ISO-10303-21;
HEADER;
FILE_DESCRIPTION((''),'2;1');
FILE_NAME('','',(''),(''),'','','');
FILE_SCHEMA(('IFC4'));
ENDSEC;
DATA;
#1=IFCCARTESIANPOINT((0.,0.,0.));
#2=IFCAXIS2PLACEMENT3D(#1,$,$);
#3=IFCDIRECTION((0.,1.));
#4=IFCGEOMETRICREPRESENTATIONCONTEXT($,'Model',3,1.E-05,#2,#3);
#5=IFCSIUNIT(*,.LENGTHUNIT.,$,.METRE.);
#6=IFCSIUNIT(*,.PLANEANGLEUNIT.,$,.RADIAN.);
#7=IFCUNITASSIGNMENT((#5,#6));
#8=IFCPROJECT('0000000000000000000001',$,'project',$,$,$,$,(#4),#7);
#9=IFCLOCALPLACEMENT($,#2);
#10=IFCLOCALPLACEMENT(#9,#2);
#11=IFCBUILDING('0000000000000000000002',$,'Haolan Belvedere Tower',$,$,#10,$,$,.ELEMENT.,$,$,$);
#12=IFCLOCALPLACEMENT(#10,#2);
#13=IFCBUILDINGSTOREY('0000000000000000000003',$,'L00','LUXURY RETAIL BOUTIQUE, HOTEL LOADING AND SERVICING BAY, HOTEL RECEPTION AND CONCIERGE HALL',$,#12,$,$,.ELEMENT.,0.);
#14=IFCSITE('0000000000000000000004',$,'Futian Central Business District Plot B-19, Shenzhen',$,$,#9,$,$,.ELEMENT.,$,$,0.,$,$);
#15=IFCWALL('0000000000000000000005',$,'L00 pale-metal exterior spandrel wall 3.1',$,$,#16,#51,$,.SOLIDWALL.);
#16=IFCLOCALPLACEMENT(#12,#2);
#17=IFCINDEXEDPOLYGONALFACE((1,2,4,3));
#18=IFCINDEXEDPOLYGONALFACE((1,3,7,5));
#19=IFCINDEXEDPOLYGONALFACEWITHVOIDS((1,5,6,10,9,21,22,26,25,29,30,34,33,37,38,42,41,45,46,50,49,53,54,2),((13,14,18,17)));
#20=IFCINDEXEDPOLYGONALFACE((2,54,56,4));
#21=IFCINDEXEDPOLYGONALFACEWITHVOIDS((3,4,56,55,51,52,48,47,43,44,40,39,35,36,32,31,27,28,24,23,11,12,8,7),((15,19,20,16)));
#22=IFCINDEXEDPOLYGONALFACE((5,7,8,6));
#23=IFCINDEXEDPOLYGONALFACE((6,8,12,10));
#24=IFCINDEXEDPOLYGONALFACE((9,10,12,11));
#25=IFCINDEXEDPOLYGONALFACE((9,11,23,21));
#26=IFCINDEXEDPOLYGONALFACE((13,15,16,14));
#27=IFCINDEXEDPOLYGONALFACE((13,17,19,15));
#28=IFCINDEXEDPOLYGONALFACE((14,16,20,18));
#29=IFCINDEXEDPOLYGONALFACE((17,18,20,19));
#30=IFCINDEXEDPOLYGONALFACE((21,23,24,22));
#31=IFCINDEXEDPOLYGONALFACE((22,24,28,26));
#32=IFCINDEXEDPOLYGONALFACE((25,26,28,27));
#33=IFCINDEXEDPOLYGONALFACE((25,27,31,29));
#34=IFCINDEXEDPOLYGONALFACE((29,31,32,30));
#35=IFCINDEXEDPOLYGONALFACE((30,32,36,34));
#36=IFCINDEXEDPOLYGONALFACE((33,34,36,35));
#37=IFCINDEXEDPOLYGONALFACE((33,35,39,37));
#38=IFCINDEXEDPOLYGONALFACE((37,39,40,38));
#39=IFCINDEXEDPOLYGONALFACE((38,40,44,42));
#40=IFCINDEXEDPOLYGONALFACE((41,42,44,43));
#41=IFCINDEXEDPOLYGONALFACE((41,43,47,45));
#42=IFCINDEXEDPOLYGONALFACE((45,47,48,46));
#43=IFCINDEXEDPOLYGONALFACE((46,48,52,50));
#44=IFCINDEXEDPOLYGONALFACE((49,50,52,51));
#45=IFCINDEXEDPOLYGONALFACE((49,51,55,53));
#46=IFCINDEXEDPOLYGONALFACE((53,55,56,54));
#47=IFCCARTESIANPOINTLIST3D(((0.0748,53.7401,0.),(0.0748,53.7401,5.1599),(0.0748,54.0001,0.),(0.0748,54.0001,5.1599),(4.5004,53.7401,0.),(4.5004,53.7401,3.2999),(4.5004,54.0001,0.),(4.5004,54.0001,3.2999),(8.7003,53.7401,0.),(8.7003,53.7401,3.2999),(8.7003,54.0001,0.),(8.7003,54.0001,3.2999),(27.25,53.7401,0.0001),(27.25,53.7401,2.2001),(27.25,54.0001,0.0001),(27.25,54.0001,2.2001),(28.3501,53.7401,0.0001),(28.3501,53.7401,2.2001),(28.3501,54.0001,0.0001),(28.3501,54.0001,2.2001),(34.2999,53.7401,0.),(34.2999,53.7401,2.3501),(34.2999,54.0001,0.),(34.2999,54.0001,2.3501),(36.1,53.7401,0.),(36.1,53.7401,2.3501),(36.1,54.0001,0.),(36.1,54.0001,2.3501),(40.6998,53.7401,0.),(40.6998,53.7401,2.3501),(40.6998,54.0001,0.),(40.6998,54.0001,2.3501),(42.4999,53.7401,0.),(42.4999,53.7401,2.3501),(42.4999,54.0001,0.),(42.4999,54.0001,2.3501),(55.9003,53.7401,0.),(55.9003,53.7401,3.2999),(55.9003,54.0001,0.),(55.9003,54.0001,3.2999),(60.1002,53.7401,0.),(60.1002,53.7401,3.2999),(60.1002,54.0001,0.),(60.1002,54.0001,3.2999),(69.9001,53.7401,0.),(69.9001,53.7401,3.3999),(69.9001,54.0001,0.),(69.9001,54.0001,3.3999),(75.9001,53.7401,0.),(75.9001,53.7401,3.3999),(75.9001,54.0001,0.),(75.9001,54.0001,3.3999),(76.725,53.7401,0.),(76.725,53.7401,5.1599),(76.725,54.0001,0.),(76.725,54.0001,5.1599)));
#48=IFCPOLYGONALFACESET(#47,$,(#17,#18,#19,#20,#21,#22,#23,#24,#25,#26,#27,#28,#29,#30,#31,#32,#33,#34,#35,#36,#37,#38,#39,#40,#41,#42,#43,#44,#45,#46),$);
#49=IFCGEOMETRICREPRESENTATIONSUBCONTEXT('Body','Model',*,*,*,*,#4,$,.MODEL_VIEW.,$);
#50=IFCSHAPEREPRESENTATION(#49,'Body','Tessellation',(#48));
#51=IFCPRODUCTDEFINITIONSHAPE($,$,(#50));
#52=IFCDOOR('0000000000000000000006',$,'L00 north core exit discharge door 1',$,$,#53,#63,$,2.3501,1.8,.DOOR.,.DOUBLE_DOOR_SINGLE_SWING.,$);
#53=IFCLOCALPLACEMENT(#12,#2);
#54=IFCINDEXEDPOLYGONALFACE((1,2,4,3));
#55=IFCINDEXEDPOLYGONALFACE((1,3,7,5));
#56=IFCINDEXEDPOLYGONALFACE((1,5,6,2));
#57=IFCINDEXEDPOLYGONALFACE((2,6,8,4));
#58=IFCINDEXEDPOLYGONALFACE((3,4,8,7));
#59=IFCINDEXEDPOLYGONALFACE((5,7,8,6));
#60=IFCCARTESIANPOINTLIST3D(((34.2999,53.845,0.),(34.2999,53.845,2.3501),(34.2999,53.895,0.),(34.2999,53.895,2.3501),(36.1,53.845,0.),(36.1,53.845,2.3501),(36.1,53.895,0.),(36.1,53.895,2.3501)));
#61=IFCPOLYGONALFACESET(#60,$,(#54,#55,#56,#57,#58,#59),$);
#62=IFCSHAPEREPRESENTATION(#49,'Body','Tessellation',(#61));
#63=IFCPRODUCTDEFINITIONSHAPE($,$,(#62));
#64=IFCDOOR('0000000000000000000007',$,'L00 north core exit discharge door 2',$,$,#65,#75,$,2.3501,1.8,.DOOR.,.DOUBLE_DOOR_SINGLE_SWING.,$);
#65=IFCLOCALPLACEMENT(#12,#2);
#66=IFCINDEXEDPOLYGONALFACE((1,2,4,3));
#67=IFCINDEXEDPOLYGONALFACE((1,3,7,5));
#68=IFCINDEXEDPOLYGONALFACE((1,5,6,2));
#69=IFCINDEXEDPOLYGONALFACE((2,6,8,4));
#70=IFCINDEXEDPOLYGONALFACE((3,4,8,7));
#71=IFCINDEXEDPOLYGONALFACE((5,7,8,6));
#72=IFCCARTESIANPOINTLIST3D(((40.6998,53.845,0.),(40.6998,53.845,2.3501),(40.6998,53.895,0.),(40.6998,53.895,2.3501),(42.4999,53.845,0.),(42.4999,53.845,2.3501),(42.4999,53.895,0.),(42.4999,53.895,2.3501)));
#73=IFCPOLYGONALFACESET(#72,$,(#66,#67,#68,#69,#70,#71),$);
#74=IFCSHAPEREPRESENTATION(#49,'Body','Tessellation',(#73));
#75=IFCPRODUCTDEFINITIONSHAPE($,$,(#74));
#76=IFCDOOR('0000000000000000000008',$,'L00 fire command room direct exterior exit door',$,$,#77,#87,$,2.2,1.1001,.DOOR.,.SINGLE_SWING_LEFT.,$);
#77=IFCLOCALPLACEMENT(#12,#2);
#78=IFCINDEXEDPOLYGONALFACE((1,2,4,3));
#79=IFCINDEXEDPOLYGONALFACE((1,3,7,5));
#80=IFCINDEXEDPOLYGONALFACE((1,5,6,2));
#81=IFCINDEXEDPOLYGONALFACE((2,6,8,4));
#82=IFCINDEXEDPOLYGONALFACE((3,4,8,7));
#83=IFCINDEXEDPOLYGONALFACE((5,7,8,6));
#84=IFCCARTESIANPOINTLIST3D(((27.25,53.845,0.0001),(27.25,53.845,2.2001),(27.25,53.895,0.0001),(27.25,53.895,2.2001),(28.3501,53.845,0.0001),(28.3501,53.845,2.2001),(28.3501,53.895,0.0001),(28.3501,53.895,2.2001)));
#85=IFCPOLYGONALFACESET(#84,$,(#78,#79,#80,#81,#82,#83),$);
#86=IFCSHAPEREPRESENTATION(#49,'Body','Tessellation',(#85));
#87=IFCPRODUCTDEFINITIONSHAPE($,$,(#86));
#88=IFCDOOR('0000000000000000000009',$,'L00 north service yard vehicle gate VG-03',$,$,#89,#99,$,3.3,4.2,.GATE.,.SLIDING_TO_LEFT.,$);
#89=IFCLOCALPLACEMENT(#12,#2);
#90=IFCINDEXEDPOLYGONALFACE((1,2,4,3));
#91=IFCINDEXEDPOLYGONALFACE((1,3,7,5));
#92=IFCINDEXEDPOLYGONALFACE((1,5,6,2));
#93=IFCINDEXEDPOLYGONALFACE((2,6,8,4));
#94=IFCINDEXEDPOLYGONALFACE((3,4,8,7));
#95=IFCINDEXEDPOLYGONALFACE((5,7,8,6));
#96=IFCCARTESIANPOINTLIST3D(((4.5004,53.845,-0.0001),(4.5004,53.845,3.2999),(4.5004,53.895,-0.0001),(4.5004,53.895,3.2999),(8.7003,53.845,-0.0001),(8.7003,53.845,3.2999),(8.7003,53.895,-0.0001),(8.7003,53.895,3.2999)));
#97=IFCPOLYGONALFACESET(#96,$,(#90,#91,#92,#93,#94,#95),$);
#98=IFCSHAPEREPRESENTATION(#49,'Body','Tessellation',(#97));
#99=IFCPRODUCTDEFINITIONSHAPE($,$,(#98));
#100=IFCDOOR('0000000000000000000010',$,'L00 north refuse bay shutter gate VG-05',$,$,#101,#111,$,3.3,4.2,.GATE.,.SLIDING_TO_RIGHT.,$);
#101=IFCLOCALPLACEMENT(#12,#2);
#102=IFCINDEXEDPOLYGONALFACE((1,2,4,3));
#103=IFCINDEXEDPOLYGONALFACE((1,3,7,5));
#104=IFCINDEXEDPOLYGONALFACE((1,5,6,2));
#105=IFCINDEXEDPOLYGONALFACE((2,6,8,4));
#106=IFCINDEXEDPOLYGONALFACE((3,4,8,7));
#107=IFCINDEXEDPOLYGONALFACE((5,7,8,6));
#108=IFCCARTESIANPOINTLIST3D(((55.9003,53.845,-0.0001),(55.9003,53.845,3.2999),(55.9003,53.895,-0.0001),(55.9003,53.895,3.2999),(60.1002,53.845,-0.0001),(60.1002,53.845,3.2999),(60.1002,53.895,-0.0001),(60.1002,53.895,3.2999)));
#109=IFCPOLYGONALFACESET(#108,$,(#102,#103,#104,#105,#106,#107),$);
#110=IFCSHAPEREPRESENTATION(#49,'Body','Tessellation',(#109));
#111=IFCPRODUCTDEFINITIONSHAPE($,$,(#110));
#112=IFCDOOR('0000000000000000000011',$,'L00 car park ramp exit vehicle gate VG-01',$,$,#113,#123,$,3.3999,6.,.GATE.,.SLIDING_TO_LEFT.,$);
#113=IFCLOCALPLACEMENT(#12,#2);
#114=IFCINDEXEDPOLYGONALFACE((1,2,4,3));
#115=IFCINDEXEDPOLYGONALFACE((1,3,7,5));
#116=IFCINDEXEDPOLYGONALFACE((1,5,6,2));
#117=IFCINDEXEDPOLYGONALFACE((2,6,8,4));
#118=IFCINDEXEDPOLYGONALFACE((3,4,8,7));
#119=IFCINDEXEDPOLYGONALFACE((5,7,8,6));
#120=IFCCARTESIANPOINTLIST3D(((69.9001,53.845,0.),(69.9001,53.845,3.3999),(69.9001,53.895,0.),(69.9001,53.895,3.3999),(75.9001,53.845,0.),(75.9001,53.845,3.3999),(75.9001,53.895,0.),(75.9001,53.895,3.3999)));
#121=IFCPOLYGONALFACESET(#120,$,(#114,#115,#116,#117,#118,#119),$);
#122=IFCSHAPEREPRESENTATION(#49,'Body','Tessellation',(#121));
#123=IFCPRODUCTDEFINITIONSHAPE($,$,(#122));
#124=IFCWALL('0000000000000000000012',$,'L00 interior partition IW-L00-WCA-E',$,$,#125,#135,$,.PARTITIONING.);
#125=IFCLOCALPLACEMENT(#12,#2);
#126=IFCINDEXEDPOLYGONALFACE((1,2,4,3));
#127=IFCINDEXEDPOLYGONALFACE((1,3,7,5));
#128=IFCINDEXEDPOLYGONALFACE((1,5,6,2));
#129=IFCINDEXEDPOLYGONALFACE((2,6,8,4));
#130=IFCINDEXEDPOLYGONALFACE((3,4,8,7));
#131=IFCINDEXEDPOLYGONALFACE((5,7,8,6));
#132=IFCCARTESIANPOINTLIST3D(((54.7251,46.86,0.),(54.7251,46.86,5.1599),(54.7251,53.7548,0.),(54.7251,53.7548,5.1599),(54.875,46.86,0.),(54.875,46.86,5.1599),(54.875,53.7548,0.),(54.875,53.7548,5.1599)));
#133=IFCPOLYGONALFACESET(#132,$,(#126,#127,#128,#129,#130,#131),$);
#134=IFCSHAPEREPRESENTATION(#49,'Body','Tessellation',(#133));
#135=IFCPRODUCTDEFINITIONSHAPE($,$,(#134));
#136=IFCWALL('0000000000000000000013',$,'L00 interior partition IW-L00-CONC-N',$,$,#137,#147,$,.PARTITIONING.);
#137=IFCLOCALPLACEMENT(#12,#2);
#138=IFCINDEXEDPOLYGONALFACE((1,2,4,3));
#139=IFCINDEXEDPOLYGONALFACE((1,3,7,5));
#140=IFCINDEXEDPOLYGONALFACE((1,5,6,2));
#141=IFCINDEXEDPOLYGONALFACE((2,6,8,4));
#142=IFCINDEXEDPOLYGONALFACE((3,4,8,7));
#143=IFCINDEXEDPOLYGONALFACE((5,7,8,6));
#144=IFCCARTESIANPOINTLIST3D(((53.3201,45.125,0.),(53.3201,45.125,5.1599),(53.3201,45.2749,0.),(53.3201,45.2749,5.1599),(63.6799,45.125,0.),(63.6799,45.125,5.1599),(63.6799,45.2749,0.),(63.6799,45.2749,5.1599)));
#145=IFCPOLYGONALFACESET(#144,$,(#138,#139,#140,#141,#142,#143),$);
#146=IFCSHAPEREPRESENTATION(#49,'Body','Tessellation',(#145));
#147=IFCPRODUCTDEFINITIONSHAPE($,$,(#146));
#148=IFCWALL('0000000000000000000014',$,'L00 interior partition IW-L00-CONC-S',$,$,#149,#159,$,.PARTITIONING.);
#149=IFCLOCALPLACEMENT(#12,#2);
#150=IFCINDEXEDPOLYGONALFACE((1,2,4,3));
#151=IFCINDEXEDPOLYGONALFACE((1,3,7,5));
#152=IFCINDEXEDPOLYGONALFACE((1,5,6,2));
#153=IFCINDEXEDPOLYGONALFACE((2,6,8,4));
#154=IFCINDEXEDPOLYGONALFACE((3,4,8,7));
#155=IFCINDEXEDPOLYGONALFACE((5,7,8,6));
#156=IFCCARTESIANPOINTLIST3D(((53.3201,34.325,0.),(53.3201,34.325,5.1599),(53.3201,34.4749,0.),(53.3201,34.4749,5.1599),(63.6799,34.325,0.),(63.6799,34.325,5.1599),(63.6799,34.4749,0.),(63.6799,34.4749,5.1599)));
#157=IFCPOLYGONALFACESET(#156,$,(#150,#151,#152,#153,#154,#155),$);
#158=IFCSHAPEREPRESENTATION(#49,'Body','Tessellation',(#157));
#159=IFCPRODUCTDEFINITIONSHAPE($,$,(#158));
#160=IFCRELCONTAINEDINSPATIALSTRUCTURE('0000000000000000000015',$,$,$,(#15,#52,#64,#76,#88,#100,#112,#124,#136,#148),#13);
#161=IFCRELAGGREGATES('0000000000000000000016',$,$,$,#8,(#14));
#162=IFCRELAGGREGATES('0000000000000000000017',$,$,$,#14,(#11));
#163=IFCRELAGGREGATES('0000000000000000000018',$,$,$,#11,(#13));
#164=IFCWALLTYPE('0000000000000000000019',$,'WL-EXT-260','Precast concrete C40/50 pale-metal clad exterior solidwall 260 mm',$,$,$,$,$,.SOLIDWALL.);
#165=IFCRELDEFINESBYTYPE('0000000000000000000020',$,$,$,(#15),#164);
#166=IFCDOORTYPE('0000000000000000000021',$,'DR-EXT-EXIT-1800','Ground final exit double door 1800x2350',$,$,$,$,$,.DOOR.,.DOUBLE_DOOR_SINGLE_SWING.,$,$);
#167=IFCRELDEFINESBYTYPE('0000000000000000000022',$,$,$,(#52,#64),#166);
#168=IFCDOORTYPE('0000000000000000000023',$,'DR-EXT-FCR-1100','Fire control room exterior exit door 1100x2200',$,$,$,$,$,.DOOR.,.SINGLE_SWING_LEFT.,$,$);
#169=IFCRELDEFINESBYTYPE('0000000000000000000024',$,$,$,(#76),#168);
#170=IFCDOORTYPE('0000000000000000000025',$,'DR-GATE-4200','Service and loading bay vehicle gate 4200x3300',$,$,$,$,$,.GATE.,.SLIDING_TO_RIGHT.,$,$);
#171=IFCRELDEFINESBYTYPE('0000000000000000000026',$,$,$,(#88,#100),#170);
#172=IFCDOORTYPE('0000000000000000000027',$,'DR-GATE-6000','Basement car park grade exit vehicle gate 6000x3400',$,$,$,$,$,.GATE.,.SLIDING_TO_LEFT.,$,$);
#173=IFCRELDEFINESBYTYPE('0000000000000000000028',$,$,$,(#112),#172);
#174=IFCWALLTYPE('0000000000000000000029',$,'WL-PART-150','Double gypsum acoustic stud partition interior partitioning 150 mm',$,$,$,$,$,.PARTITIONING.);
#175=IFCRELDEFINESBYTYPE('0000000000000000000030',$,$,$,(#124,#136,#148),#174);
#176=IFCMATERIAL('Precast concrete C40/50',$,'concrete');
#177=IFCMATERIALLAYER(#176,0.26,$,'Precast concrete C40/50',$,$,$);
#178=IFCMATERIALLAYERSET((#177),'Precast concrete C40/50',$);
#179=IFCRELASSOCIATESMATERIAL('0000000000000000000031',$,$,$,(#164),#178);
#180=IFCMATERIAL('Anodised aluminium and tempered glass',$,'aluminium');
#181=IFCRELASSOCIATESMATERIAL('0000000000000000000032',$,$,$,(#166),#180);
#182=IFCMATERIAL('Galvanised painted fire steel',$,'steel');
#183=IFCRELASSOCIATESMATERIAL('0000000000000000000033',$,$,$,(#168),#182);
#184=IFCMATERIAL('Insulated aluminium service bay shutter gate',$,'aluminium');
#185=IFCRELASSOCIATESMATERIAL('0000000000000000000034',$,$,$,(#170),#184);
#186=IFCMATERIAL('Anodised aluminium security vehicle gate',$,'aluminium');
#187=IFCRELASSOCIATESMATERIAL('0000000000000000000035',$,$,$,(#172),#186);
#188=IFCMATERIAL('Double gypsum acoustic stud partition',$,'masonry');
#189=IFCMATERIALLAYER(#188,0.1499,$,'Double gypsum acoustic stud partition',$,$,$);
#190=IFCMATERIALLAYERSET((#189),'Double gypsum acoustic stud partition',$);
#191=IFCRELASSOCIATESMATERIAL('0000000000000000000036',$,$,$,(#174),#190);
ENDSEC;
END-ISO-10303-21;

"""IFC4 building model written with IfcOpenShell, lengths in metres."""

from ifc_helpers import new_model, si_unit, direction, frame, frame_2d, origin, place, context, subcontext, project, spatial, rectangle, extrude, material, layer, layer_set, type_object, element, fill, save


model = new_model("IFC4")

# Units and contexts
model_context = context("Model", 3, precision=1e-05, world=origin(), true_north=direction((0.0, 1.0)))
body_context = subcontext(model_context, "Body", "Model", "MODEL_VIEW")
ifc_project = project(units=[si_unit("LENGTHUNIT", "METRE"), si_unit("PLANEANGLEUNIT", "RADIAN")], contexts=[model_context])

# Site, building, storey
site_placement = place(None, origin())
site = spatial("IfcSite", under=ifc_project, at=site_placement, Name="Futian Central Business District Plot B-19, Shenzhen", CompositionType="ELEMENT", RefElevation=0.0)
building_placement = place(site_placement, origin())
building = spatial("IfcBuilding", under=site, at=building_placement, Name="Haolan Belvedere Tower", CompositionType="ELEMENT")
storey_placement = place(building_placement, origin())
storey = spatial("IfcBuildingStorey", under=building, at=storey_placement, Name="L00", Description="LUXURY RETAIL BOUTIQUE, HOTEL LOADING AND SERVICING BAY, HOTEL RECEPTION AND CONCIERGE HALL", CompositionType="ELEMENT", Elevation=0.0)

# Wall, openings, doors
ifc_material_1 = material(Name="Precast concrete C40/50", Category="concrete")
ifc_layer_1 = layer(ifc_material_1, 0.26, Name="Precast concrete C40/50")
ifc_layer_set_1 = layer_set([ifc_layer_1], Name="Precast concrete C40/50")
wall_type_1 = type_object("IfcWallType", Name="WL-EXT-260", Description="Precast concrete C40/50 pale-metal clad exterior solidwall 260 mm", PredefinedType="SOLIDWALL", material=ifc_layer_set_1)
wall_1_placement = place(storey_placement, frame((76.7251, 53.8701, 0.0), z_axis=(0.0, 0.0, 1.0), x_axis=(-1.0, 0.0, 0.0)))
wall_1 = element("IfcWall", 1, at=wall_1_placement, inside=storey, type_object=wall_type_1, Name="L00 pale-metal exterior spandrel wall 3.1", PredefinedType="SOLIDWALL", context=body_context, shape_type="SweptSolid", body=[
    extrude(rectangle(XDim=76.6501, YDim=0.26, at=frame_2d((38.3252, 0.0))), origin(), (0.0, 0.0, 1.0), 5.1599),
])
opening_1_placement = place(wall_1_placement, frame((42.425, 0.0, 0.0), z_axis=(0.0, 0.0, 1.0), x_axis=(-1.0, 0.0, 0.0)))
opening_1 = element("IfcOpeningElement", 2, at=opening_1_placement, cuts=wall_1, PredefinedType="OPENING", context=body_context, shape_type="SweptSolid", body=[
    extrude(rectangle(XDim=1.8, YDim=2.3501, at=frame_2d((0.8999, 1.175))), frame((0.0, 0.1399, 0.0), z_axis=(0.0, -1.0, 0.0), x_axis=(1.0, 0.0, 0.0)), (0.0, 0.0, 1.0), 0.28),
])
opening_2_placement = place(wall_1_placement, frame((36.0251, 0.0, 0.0), z_axis=(0.0, 0.0, 1.0), x_axis=(-1.0, 0.0, 0.0)))
opening_2 = element("IfcOpeningElement", 3, at=opening_2_placement, cuts=wall_1, PredefinedType="OPENING", context=body_context, shape_type="SweptSolid", body=[
    extrude(rectangle(XDim=1.8, YDim=2.3501, at=frame_2d((0.8999, 1.175))), frame((0.0, 0.1399, 0.0), z_axis=(0.0, -1.0, 0.0), x_axis=(1.0, 0.0, 0.0)), (0.0, 0.0, 1.0), 0.28),
])
opening_3_placement = place(wall_1_placement, frame((49.4751, 0.0, 0.0), z_axis=(0.0, 0.0, 1.0), x_axis=(-1.0, 0.0, 0.0)))
opening_3 = element("IfcOpeningElement", 4, at=opening_3_placement, cuts=wall_1, PredefinedType="OPENING", context=body_context, shape_type="SweptSolid", body=[
    extrude(rectangle(XDim=1.1001, YDim=2.2, at=frame_2d((0.55, 1.1001))), frame((0.0, 0.1399, 0.0), z_axis=(0.0, -1.0, 0.0), x_axis=(1.0, 0.0, 0.0)), (0.0, 0.0, 1.0), 0.28),
])
opening_4_placement = place(wall_1_placement, frame((6.825, 0.0, 0.0), z_axis=(0.0, 0.0, 1.0), x_axis=(-1.0, 0.0, 0.0)))
opening_4 = element("IfcOpeningElement", 5, at=opening_4_placement, cuts=wall_1, PredefinedType="OPENING", context=body_context, shape_type="SweptSolid", body=[
    extrude(rectangle(XDim=6.0, YDim=3.3999, at=frame_2d((3.0, 1.7))), frame((0.0, 0.1399, 0.0), z_axis=(0.0, -1.0, 0.0), x_axis=(1.0, 0.0, 0.0)), (0.0, 0.0, 1.0), 0.28),
])
opening_5_placement = place(wall_1_placement, frame((72.2249, 0.0, 0.0), z_axis=(0.0, 0.0, 1.0), x_axis=(-1.0, 0.0, 0.0)))
opening_5 = element("IfcOpeningElement", 6, at=opening_5_placement, cuts=wall_1, PredefinedType="OPENING", context=body_context, shape_type="SweptSolid", body=[
    extrude(rectangle(XDim=4.2, YDim=3.3, at=frame_2d((2.1001, 1.6499))), frame((0.0, 0.1399, 0.0), z_axis=(0.0, -1.0, 0.0), x_axis=(1.0, 0.0, 0.0)), (0.0, 0.0, 1.0), 0.28),
])
opening_6_placement = place(wall_1_placement, frame((20.825, 0.0, 0.0), z_axis=(0.0, 0.0, 1.0), x_axis=(-1.0, 0.0, 0.0)))
opening_6 = element("IfcOpeningElement", 7, at=opening_6_placement, cuts=wall_1, PredefinedType="OPENING", context=body_context, shape_type="SweptSolid", body=[
    extrude(rectangle(XDim=4.2, YDim=3.3, at=frame_2d((2.1001, 1.6499))), frame((0.0, 0.1399, 0.0), z_axis=(0.0, -1.0, 0.0), x_axis=(1.0, 0.0, 0.0)), (0.0, 0.0, 1.0), 0.28),
])
ifc_material_2 = material(Name="Anodised aluminium and tempered glass", Category="aluminium")
door_type_1 = type_object("IfcDoorType", Name="DR-EXT-EXIT-1800", Description="Ground final exit double door 1800x2350", OperationType="DOUBLE_DOOR_SINGLE_SWING", PredefinedType="DOOR", material=ifc_material_2)
door_1_placement = place(opening_1_placement, origin())
door_1 = element("IfcDoor", 8, at=door_1_placement, inside=storey, type_object=door_type_1, Name="L00 north core exit discharge door 1", OperationType="DOUBLE_DOOR_SINGLE_SWING", OverallHeight=2.3501, OverallWidth=1.8, PredefinedType="DOOR", context=body_context, shape_type="SweptSolid", body=[
    extrude(rectangle(XDim=1.8, YDim=2.3501, at=frame_2d((0.8999, 1.175))), frame((0.0, 0.0249, 0.0), z_axis=(0.0, -1.0, 0.0), x_axis=(1.0, 0.0, 0.0)), (0.0, 0.0, 1.0), 0.05),
])
fill(opening_1, door_1)
door_2_placement = place(opening_2_placement, origin())
door_2 = element("IfcDoor", 9, at=door_2_placement, inside=storey, type_object=door_type_1, Name="L00 north core exit discharge door 2", OperationType="DOUBLE_DOOR_SINGLE_SWING", OverallHeight=2.3501, OverallWidth=1.8, PredefinedType="DOOR", context=body_context, shape_type="SweptSolid", body=[
    extrude(rectangle(XDim=1.8, YDim=2.3501, at=frame_2d((0.8999, 1.175))), frame((0.0, 0.0249, 0.0), z_axis=(0.0, -1.0, 0.0), x_axis=(1.0, 0.0, 0.0)), (0.0, 0.0, 1.0), 0.05),
])
fill(opening_2, door_2)
ifc_material_3 = material(Name="Galvanised painted fire steel", Category="steel")
door_type_2 = type_object("IfcDoorType", Name="DR-EXT-FCR-1100", Description="Fire control room exterior exit door 1100x2200", OperationType="SINGLE_SWING_LEFT", PredefinedType="DOOR", material=ifc_material_3)
door_3_placement = place(opening_3_placement, origin())
door_3 = element("IfcDoor", 10, at=door_3_placement, inside=storey, type_object=door_type_2, Name="L00 fire command room direct exterior exit door", OperationType="SINGLE_SWING_LEFT", OverallHeight=2.2, OverallWidth=1.1001, PredefinedType="DOOR", context=body_context, shape_type="SweptSolid", body=[
    extrude(rectangle(XDim=1.1001, YDim=2.2, at=frame_2d((0.55, 1.1001))), frame((0.0, 0.0249, 0.0), z_axis=(0.0, -1.0, 0.0), x_axis=(1.0, 0.0, 0.0)), (0.0, 0.0, 1.0), 0.05),
])
fill(opening_3, door_3)
ifc_material_4 = material(Name="Insulated aluminium service bay shutter gate", Category="aluminium")
door_type_3 = type_object("IfcDoorType", Name="DR-GATE-4200", Description="Service and loading bay vehicle gate 4200x3300", OperationType="SLIDING_TO_RIGHT", PredefinedType="GATE", material=ifc_material_4)
door_4_placement = place(opening_5_placement, origin())
door_4 = element("IfcDoor", 11, at=door_4_placement, inside=storey, type_object=door_type_3, Name="L00 north service yard vehicle gate VG-03", OperationType="SLIDING_TO_LEFT", OverallHeight=3.3, OverallWidth=4.2, PredefinedType="GATE", context=body_context, shape_type="SweptSolid", body=[
    extrude(rectangle(XDim=4.2, YDim=3.3, at=frame_2d((2.1001, 1.6499))), frame((0.0, 0.0249, 0.0), z_axis=(0.0, -1.0, 0.0), x_axis=(1.0, 0.0, 0.0)), (0.0, 0.0, 1.0), 0.05),
])
fill(opening_5, door_4)
door_5_placement = place(opening_6_placement, origin())
door_5 = element("IfcDoor", 12, at=door_5_placement, inside=storey, type_object=door_type_3, Name="L00 north refuse bay shutter gate VG-05", OperationType="SLIDING_TO_RIGHT", OverallHeight=3.3, OverallWidth=4.2, PredefinedType="GATE", context=body_context, shape_type="SweptSolid", body=[
    extrude(rectangle(XDim=4.2, YDim=3.3, at=frame_2d((2.1001, 1.6499))), frame((0.0, 0.0249, 0.0), z_axis=(0.0, -1.0, 0.0), x_axis=(1.0, 0.0, 0.0)), (0.0, 0.0, 1.0), 0.05),
])
fill(opening_6, door_5)
ifc_material_5 = material(Name="Anodised aluminium security vehicle gate", Category="aluminium")
door_type_4 = type_object("IfcDoorType", Name="DR-GATE-6000", Description="Basement car park grade exit vehicle gate 6000x3400", OperationType="SLIDING_TO_LEFT", PredefinedType="GATE", material=ifc_material_5)
door_6_placement = place(opening_4_placement, origin())
door_6 = element("IfcDoor", 13, at=door_6_placement, inside=storey, type_object=door_type_4, Name="L00 car park ramp exit vehicle gate VG-01", OperationType="SLIDING_TO_LEFT", OverallHeight=3.3999, OverallWidth=6.0, PredefinedType="GATE", context=body_context, shape_type="SweptSolid", body=[
    extrude(rectangle(XDim=6.0, YDim=3.3999, at=frame_2d((3.0, 1.7))), frame((0.0, 0.0249, 0.0), z_axis=(0.0, -1.0, 0.0), x_axis=(1.0, 0.0, 0.0)), (0.0, 0.0, 1.0), 0.05),
])
fill(opening_4, door_6)

# Walls
ifc_material_6 = material(Name="Double gypsum acoustic stud partition", Category="masonry")
ifc_layer_2 = layer(ifc_material_6, 0.1499, Name="Double gypsum acoustic stud partition")
ifc_layer_set_2 = layer_set([ifc_layer_2], Name="Double gypsum acoustic stud partition")
wall_type_2 = type_object("IfcWallType", Name="WL-PART-150", Description="Double gypsum acoustic stud partition interior partitioning 150 mm", PredefinedType="PARTITIONING", material=ifc_layer_set_2)
wall_2_placement = place(storey_placement, frame((54.8, 46.8601, 0.0), z_axis=(0.0, 0.0, 1.0), x_axis=(0.0, 1.0, 0.0)))
element("IfcWall", 14, at=wall_2_placement, inside=storey, type_object=wall_type_2, Name="L00 interior partition IW-L00-WCA-E", PredefinedType="PARTITIONING", context=body_context, shape_type="SweptSolid", body=[
    extrude(rectangle(XDim=6.8948, YDim=0.1499, at=frame_2d((3.4473, 0.0))), origin(), (0.0, 0.0, 1.0), 5.1599),
])
for number, where, z_axis, x_axis, name in (
    (15, (53.3201, 45.2, 0.0), (0.0, 0.0, 1.0), (1.0, 0.0, 0.0), "L00 interior partition IW-L00-CONC-N"),
    (16, (53.3201, 34.3999, 0.0), (0.0, 0.0, 1.0), (1.0, 0.0, 0.0), "L00 interior partition IW-L00-CONC-S"),
):
    element("IfcWall", number, at=place(storey_placement, frame(where, z_axis=z_axis, x_axis=x_axis)), inside=storey, type_object=wall_type_2, Name=name, PredefinedType="PARTITIONING", context=body_context, shape_type="SweptSolid", body=[
        extrude(rectangle(XDim=10.3599, YDim=0.1499, at=frame_2d((5.1799, 0.0))), origin(), (0.0, 0.0, 1.0), 5.1599),
    ])

save(model, "model.ifc")
